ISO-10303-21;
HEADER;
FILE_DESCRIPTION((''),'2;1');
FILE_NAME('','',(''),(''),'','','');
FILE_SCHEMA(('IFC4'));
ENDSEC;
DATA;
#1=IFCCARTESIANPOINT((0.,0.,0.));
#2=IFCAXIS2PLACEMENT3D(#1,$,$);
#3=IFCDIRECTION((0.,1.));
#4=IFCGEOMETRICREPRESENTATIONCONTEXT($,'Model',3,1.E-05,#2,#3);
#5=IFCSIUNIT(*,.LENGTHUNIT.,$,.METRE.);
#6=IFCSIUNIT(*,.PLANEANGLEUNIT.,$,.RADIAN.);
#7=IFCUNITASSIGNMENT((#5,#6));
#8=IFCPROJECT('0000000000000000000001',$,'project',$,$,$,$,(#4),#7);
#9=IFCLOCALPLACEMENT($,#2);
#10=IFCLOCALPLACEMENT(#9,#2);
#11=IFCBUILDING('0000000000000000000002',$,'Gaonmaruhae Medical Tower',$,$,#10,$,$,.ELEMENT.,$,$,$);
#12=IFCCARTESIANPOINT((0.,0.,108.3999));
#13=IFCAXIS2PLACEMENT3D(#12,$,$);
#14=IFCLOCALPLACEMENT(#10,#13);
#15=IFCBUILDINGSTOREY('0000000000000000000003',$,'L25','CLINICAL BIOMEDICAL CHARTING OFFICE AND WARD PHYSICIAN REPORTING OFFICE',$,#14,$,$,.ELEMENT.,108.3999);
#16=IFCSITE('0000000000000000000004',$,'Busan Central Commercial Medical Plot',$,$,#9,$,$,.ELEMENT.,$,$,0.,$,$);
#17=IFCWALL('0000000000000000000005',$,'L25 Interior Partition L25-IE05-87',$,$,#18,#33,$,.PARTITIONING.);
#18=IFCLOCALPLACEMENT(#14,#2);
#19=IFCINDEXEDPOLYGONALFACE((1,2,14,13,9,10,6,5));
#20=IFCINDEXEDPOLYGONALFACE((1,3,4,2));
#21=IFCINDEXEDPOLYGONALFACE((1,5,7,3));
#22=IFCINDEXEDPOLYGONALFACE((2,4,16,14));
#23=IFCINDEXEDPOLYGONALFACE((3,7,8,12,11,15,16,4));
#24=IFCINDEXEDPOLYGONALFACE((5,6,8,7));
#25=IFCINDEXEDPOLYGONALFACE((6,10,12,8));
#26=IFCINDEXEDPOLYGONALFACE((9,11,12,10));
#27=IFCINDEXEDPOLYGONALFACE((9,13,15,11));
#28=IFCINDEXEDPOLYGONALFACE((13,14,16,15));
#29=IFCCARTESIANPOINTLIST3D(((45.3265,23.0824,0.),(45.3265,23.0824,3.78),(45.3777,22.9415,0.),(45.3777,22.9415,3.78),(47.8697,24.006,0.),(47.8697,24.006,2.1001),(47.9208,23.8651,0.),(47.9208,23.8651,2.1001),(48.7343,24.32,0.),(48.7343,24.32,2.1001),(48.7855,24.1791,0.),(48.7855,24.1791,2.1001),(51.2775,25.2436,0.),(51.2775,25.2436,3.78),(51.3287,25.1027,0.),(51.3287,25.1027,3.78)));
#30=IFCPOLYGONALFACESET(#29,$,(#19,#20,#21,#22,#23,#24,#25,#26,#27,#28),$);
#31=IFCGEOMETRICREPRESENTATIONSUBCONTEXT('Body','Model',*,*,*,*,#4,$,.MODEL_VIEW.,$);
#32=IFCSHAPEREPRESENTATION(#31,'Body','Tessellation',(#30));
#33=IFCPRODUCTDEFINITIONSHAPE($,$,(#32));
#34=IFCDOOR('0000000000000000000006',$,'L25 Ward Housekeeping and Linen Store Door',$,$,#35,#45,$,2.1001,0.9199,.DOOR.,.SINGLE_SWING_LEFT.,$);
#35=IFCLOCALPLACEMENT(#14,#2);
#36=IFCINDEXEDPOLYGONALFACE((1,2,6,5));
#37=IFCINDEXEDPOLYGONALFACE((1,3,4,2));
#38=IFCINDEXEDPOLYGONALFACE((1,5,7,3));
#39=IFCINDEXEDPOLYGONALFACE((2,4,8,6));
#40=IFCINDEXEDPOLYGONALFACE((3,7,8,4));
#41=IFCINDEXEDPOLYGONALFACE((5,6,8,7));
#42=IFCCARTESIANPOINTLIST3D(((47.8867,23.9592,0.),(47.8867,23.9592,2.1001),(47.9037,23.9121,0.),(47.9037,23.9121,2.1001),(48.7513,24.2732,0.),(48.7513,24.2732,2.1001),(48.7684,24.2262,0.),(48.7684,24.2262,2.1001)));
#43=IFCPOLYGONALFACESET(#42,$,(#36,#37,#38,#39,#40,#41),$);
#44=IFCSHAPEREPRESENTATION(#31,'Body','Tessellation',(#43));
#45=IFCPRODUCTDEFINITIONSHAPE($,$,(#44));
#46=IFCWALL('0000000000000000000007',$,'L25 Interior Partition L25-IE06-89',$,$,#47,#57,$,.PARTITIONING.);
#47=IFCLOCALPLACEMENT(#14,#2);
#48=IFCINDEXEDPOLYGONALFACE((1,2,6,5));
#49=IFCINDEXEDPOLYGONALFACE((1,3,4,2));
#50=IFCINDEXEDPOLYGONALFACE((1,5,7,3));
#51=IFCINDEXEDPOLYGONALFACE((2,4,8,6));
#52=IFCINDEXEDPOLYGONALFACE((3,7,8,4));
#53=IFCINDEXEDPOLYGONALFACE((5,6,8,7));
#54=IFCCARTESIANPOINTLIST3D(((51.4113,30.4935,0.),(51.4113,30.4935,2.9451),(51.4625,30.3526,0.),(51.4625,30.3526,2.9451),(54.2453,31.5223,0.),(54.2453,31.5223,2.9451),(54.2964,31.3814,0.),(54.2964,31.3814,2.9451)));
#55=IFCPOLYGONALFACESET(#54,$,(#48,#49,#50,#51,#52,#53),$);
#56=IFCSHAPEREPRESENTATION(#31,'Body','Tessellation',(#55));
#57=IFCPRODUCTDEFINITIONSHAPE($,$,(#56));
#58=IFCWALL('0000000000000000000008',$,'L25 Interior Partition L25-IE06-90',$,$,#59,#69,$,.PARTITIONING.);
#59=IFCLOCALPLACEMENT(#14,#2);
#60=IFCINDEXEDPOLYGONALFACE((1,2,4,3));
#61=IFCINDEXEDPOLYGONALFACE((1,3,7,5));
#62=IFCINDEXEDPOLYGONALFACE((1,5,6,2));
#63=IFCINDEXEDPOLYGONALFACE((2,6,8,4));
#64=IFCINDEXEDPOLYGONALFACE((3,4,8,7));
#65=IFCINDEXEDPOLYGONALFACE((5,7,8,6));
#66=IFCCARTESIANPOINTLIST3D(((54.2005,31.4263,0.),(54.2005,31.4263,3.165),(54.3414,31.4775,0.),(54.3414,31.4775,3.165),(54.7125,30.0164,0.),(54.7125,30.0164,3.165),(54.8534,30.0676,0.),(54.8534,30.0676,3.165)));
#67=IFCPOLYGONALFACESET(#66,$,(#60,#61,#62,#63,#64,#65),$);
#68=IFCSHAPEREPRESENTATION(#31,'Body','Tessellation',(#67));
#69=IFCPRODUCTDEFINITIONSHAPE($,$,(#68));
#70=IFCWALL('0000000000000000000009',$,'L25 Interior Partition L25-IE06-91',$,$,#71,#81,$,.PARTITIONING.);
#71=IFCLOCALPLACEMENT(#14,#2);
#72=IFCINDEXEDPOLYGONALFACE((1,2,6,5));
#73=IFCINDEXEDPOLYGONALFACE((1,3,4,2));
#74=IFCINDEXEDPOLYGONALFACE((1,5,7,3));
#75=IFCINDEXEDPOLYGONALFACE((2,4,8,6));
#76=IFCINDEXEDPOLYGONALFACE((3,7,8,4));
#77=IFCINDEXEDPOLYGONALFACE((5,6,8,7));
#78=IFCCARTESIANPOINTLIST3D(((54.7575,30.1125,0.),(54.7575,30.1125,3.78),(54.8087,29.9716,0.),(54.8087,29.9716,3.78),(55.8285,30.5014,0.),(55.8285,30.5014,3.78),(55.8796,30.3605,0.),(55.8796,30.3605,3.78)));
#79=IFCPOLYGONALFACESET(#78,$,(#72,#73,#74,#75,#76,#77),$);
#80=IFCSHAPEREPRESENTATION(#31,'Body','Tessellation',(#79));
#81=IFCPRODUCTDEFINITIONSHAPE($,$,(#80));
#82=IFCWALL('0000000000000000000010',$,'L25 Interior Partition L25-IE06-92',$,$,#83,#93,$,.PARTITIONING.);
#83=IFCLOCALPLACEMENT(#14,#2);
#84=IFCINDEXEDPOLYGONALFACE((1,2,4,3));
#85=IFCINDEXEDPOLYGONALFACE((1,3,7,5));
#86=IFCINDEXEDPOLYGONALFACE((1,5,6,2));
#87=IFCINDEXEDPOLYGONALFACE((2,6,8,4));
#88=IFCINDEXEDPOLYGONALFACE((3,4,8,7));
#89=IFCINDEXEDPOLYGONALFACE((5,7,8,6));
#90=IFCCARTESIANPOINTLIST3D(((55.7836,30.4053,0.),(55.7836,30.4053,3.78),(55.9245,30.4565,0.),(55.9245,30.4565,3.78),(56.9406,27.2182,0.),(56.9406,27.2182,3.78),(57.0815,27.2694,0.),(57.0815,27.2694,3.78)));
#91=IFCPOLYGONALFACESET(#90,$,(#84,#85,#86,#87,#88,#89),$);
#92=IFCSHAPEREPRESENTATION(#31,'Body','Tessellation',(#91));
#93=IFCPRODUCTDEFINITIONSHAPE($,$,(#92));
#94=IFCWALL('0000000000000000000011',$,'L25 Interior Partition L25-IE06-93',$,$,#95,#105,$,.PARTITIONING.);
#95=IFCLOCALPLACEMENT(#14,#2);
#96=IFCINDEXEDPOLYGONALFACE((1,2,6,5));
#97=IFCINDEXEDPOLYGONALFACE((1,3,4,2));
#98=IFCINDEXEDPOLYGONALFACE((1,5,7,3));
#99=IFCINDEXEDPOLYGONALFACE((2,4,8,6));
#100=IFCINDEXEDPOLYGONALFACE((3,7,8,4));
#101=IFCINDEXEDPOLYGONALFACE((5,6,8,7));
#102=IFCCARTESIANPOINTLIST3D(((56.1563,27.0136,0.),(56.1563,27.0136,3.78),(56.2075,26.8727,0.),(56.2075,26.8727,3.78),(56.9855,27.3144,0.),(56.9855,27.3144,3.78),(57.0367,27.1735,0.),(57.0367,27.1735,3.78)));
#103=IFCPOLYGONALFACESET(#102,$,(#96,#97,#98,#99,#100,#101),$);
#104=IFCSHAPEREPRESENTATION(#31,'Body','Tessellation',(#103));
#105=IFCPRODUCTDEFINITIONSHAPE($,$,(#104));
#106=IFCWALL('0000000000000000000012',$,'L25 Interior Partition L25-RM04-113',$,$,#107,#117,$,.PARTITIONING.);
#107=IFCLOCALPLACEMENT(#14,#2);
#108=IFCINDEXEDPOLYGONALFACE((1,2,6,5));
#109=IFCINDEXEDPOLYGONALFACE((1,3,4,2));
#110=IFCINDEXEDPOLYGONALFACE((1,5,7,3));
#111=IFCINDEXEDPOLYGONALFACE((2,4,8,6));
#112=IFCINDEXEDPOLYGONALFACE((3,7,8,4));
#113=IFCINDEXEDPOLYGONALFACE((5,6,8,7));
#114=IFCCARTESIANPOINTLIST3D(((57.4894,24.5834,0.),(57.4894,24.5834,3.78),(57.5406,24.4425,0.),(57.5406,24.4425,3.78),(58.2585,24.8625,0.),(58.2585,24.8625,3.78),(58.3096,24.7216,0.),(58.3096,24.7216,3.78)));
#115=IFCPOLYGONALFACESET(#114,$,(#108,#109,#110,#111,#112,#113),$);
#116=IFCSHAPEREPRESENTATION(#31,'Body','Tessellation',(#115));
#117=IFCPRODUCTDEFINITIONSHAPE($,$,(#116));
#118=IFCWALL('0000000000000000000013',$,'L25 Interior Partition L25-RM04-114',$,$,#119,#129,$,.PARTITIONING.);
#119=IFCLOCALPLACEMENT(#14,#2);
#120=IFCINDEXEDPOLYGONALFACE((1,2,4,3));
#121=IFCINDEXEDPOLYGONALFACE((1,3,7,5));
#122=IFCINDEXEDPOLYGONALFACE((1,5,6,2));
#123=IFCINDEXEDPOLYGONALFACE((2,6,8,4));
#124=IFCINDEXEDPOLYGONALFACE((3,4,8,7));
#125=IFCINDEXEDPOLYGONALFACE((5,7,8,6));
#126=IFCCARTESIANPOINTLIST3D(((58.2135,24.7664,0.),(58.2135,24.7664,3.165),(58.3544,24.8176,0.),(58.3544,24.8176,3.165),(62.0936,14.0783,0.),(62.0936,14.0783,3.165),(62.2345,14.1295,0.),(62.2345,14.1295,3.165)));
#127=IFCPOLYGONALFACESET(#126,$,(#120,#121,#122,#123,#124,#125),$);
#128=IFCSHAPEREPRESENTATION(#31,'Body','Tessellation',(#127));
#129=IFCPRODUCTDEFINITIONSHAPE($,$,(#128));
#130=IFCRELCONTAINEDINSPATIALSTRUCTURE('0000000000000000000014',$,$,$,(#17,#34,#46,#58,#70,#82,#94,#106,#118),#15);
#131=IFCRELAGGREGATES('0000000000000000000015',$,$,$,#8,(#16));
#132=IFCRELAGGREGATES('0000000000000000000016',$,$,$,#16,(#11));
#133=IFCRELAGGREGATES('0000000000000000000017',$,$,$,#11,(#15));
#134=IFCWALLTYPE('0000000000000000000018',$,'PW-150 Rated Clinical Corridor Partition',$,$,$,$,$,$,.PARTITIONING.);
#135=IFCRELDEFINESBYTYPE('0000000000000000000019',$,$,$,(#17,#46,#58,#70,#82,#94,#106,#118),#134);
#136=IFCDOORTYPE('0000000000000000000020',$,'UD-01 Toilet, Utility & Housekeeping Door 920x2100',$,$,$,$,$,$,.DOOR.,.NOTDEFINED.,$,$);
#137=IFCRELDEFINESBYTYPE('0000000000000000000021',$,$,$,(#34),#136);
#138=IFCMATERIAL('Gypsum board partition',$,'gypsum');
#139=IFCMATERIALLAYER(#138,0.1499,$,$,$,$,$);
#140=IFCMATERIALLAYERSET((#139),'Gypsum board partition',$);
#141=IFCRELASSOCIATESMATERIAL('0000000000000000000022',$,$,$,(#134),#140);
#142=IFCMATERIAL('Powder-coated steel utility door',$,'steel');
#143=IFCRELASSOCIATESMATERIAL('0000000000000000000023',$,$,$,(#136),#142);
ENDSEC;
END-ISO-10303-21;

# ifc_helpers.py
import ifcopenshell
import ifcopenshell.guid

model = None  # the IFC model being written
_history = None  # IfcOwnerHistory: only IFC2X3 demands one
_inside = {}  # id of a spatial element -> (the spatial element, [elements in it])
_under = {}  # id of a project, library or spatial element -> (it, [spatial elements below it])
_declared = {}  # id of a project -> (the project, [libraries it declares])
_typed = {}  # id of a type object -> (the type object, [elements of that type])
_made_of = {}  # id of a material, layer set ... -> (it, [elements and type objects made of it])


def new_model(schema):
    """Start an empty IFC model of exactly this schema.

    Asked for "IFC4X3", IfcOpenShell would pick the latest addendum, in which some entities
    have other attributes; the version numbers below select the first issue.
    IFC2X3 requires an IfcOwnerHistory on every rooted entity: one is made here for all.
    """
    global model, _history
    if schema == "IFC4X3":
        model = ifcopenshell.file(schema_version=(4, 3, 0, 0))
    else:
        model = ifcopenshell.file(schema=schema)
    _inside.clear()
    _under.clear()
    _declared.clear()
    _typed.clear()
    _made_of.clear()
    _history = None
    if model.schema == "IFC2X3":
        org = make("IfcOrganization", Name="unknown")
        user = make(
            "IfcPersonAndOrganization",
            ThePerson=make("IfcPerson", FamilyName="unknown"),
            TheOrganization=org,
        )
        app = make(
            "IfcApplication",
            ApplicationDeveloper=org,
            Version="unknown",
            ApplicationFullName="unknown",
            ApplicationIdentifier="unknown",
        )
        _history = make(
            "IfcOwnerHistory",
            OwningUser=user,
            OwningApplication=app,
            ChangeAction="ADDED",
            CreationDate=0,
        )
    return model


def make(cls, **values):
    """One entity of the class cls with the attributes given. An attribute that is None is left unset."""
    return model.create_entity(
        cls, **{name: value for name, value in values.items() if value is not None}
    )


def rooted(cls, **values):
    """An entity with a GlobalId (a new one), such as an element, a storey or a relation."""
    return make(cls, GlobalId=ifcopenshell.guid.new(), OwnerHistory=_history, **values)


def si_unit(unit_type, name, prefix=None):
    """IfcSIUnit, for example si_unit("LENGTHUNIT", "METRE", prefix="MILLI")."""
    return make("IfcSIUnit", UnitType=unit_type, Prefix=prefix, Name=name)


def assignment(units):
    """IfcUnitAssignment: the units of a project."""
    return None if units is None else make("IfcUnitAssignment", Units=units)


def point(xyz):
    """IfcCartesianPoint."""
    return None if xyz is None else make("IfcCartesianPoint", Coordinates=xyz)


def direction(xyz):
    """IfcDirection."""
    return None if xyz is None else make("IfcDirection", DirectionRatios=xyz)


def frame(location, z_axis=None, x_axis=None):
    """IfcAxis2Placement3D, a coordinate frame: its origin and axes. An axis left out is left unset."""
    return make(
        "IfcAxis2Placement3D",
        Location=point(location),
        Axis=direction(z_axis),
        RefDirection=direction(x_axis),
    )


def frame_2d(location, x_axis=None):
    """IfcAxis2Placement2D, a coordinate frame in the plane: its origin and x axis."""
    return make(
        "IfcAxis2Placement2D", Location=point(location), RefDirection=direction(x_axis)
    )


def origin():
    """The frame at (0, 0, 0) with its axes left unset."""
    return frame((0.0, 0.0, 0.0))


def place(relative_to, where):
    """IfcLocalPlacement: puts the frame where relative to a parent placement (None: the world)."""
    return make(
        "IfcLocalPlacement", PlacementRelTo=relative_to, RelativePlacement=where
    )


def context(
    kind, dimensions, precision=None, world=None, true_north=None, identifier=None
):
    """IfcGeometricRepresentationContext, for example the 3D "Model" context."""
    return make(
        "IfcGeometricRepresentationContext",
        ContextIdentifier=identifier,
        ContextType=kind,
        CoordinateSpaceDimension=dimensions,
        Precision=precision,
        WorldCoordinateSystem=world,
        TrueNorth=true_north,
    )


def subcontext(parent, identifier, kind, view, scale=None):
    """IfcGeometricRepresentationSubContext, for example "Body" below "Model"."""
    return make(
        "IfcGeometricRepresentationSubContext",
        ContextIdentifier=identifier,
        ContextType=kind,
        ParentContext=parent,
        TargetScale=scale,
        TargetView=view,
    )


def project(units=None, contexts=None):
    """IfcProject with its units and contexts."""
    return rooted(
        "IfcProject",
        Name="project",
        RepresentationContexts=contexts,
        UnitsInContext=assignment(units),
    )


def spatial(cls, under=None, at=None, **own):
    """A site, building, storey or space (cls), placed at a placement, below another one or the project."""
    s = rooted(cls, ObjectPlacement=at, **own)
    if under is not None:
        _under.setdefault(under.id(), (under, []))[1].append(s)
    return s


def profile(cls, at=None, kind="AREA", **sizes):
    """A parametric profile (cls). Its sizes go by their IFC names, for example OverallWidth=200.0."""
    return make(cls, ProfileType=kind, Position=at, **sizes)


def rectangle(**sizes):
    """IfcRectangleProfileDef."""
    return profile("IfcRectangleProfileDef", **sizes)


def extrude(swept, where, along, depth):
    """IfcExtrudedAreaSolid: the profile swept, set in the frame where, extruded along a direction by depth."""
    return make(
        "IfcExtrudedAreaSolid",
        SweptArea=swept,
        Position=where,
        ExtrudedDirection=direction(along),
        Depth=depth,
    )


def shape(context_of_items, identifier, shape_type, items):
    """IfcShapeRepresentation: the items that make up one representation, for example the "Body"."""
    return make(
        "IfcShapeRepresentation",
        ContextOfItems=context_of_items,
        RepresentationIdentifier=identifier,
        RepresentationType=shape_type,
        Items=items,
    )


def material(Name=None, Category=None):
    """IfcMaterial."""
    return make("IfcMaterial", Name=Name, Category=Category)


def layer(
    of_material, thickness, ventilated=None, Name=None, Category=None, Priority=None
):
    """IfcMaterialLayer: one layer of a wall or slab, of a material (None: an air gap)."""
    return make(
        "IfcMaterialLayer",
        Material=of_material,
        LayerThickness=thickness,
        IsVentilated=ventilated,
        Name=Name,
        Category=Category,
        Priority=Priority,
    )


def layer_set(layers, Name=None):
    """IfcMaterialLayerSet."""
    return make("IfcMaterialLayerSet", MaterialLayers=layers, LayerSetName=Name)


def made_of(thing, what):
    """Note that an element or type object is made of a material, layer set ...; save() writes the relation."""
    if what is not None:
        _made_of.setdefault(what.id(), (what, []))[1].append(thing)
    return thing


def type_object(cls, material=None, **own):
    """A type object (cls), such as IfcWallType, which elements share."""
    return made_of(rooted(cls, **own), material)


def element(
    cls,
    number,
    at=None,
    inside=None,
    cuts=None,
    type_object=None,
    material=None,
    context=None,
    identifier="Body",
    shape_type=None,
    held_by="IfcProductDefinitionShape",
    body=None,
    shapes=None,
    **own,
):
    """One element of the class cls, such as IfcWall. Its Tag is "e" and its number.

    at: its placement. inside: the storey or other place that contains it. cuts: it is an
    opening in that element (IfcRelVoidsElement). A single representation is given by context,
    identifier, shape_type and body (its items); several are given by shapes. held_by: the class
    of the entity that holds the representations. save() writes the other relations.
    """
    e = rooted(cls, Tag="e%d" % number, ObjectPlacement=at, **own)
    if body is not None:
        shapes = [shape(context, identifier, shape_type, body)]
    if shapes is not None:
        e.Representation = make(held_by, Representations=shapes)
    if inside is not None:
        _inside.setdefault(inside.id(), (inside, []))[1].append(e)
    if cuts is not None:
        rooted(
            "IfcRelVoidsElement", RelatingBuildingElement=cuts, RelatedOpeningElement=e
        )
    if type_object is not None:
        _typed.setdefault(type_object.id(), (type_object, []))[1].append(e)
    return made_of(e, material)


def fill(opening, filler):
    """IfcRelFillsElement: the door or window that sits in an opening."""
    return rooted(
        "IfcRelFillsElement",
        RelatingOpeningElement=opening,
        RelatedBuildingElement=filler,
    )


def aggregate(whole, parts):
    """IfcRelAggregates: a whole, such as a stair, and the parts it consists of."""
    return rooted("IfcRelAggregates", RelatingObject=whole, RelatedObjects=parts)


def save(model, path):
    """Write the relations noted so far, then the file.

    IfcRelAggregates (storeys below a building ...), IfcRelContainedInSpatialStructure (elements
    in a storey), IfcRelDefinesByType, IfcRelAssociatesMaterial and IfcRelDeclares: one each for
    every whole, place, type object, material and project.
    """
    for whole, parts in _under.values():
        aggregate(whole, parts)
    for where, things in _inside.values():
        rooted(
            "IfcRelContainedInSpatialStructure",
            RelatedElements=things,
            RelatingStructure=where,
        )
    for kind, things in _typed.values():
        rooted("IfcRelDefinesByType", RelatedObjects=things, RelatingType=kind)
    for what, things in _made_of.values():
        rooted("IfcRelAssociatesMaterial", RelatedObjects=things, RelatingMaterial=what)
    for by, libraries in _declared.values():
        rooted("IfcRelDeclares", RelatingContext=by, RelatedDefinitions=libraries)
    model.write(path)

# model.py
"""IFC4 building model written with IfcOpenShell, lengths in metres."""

from ifc_helpers import new_model, si_unit, direction, frame, frame_2d, origin, place, context, subcontext, project, spatial, rectangle, extrude, material, layer, layer_set, type_object, element, fill, save


model = new_model("IFC4")

# Units and contexts
model_context = context("Model", 3, precision=1e-05, world=origin(), true_north=direction((0.0, 1.0)))
body_context = subcontext(model_context, "Body", "Model", "MODEL_VIEW")
ifc_project = project(units=[si_unit("LENGTHUNIT", "METRE"), si_unit("PLANEANGLEUNIT", "RADIAN")], contexts=[model_context])

# Site, building, storey
site_placement = place(None, origin())
site = spatial("IfcSite", under=ifc_project, at=site_placement, Name="Busan Central Commercial Medical Plot", CompositionType="ELEMENT", RefElevation=0.0)
building_placement = place(site_placement, origin())
building = spatial("IfcBuilding", under=site, at=building_placement, Name="Gaonmaruhae Medical Tower", CompositionType="ELEMENT")
storey_placement = place(building_placement, frame((0.0, 0.0, 108.3999)))
storey = spatial("IfcBuildingStorey", under=building, at=storey_placement, Name="L25", Description="CLINICAL BIOMEDICAL CHARTING OFFICE AND WARD PHYSICIAN REPORTING OFFICE", CompositionType="ELEMENT", Elevation=108.3999)

# Shared definitions
ifc_material_1 = material(Name="Gypsum board partition", Category="gypsum")
ifc_layer_1 = layer(ifc_material_1, 0.1499)
ifc_layer_set_1 = layer_set([ifc_layer_1], Name="Gypsum board partition")
wall_type_1 = type_object("IfcWallType", Name="PW-150 Rated Clinical Corridor Partition", PredefinedType="PARTITIONING", material=ifc_layer_set_1)

# Wall, opening, door
wall_1_placement = place(storey_placement, frame((51.303, 25.1731, 0.0), z_axis=(0.0, 0.0, 1.0), x_axis=(-0.939937, -0.341347, 0.0)))
wall_1 = element("IfcWall", 1, at=wall_1_placement, inside=storey, type_object=wall_type_1, Name="L25 Interior Partition L25-IE05-87", PredefinedType="PARTITIONING", context=body_context, shape_type="SweptSolid", body=[
    extrude(rectangle(XDim=6.3313, YDim=0.1499, at=frame_2d((3.1655, 0.0))), origin(), (0.0, 0.0, 1.0), 3.78),
])
opening_1_placement = place(wall_1_placement, frame((2.7056, 0.0, 0.0)))
opening_1 = element("IfcOpeningElement", 2, at=opening_1_placement, cuts=wall_1, PredefinedType="OPENING", context=body_context, shape_type="SweptSolid", body=[
    extrude(rectangle(XDim=0.9199, YDim=2.1001, at=frame_2d((0.46, 1.05))), frame((0.0, 0.085, 0.0), z_axis=(0.0, -1.0, 0.0), x_axis=(1.0, 0.0, 0.0)), (0.0, 0.0, 1.0), 0.1699),
])
ifc_material_2 = material(Name="Powder-coated steel utility door", Category="steel")
door_type_1 = type_object("IfcDoorType", Name="UD-01 Toilet, Utility & Housekeeping Door 920x2100", OperationType="NOTDEFINED", PredefinedType="DOOR", material=ifc_material_2)
door_1_placement = place(opening_1_placement, origin())
door_1 = element("IfcDoor", 3, at=door_1_placement, inside=storey, type_object=door_type_1, Name="L25 Ward Housekeeping and Linen Store Door", OperationType="SINGLE_SWING_LEFT", OverallHeight=2.1001, OverallWidth=0.9199, PredefinedType="DOOR", context=body_context, shape_type="SweptSolid", body=[
    extrude(rectangle(XDim=0.9199, YDim=2.1001, at=frame_2d((0.46, 1.05))), frame((0.0, 0.0249, 0.0), z_axis=(0.0, -1.0, 0.0), x_axis=(1.0, 0.0, 0.0)), (0.0, 0.0, 1.0), 0.05),
])
fill(opening_1, door_1)

# Walls
wall_2_placement = place(storey_placement, frame((51.437, 30.4231, 0.0), z_axis=(0.0, 0.0, 1.0), x_axis=(0.939978, 0.341236, 0.0)))
element("IfcWall", 4, at=wall_2_placement, inside=storey, type_object=wall_type_1, Name="L25 Interior Partition L25-IE06-89", PredefinedType="PARTITIONING", context=body_context, shape_type="SweptSolid", body=[
    extrude(rectangle(XDim=3.0149, YDim=0.1499, at=frame_2d((1.5073, 0.0))), origin(), (0.0, 0.0, 1.0), 2.9451),
])
wall_3_placement = place(storey_placement, frame((54.271, 31.4519, 0.0), z_axis=(0.0, 0.0, 1.0), x_axis=(0.341312, -0.93995, 0.0)))
element("IfcWall", 5, at=wall_3_placement, inside=storey, type_object=wall_type_1, Name="L25 Interior Partition L25-IE06-90", PredefinedType="PARTITIONING", context=body_context, shape_type="SweptSolid", body=[
    extrude(rectangle(XDim=1.5, YDim=0.1499, at=frame_2d((0.75, 0.0))), origin(), (0.0, 0.0, 1.0), 3.165),
])
wall_4_placement = place(storey_placement, frame((54.783, 30.042, 0.0), z_axis=(0.0, 0.0, 1.0), x_axis=(0.93995, 0.341313, 0.0)))
element("IfcWall", 6, at=wall_4_placement, inside=storey, type_object=wall_type_1, Name="L25 Interior Partition L25-IE06-91", PredefinedType="PARTITIONING", context=body_context, shape_type="SweptSolid", body=[
    extrude(rectangle(XDim=1.1394, YDim=0.1499, at=frame_2d((0.5698, 0.0))), origin(), (0.0, 0.0, 1.0), 3.78),
])
wall_5_placement = place(storey_placement, frame((55.854, 30.4309, 0.0), z_axis=(0.0, 0.0, 1.0), x_axis=(0.34124, -0.939976, 0.0)))
element("IfcWall", 7, at=wall_5_placement, inside=storey, type_object=wall_type_1, Name="L25 Interior Partition L25-IE06-92", PredefinedType="PARTITIONING", context=body_context, shape_type="SweptSolid", body=[
    extrude(rectangle(XDim=3.3906, YDim=0.1499, at=frame_2d((1.6953, 0.0))), origin(), (0.0, 0.0, 1.0), 3.78),
])
wall_6_placement = place(storey_placement, frame((57.011, 27.2439, 0.0), z_axis=(0.0, 0.0, 1.0), x_axis=(-0.940052, -0.341032, 0.0)))
element("IfcWall", 8, at=wall_6_placement, inside=storey, type_object=wall_type_1, Name="L25 Interior Partition L25-IE06-93", PredefinedType="PARTITIONING", context=body_context, shape_type="SweptSolid", body=[
    extrude(rectangle(XDim=0.8821, YDim=0.1499, at=frame_2d((0.4409, 0.0))), origin(), (0.0, 0.0, 1.0), 3.78),
])

# Walls
wall_7_placement = place(storey_placement, frame((57.5149, 24.5129, 0.0), z_axis=(0.0, 0.0, 1.0), x_axis=(0.940028, 0.341096, 0.0)))
element("IfcWall", 9, at=wall_7_placement, inside=storey, type_object=wall_type_1, Name="L25 Interior Partition L25-RM04-113", PredefinedType="PARTITIONING", context=body_context, shape_type="SweptSolid", body=[
    extrude(rectangle(XDim=0.8181, YDim=0.1499, at=frame_2d((0.4092, 0.0))), origin(), (0.0, 0.0, 1.0), 3.78),
])
wall_8_placement = place(storey_placement, frame((58.2839, 24.792, 0.0), z_axis=(0.0, 0.0, 1.0), x_axis=(0.341245, -0.939974, 0.0)))
element("IfcWall", 10, at=wall_8_placement, inside=storey, type_object=wall_type_1, Name="L25 Interior Partition L25-RM04-114", PredefinedType="PARTITIONING", context=body_context, shape_type="SweptSolid", body=[
    extrude(rectangle(XDim=11.3706, YDim=0.1499, at=frame_2d((5.6853, 0.0))), origin(), (0.0, 0.0, 1.0), 3.165),
])

save(model, "model.ifc")
